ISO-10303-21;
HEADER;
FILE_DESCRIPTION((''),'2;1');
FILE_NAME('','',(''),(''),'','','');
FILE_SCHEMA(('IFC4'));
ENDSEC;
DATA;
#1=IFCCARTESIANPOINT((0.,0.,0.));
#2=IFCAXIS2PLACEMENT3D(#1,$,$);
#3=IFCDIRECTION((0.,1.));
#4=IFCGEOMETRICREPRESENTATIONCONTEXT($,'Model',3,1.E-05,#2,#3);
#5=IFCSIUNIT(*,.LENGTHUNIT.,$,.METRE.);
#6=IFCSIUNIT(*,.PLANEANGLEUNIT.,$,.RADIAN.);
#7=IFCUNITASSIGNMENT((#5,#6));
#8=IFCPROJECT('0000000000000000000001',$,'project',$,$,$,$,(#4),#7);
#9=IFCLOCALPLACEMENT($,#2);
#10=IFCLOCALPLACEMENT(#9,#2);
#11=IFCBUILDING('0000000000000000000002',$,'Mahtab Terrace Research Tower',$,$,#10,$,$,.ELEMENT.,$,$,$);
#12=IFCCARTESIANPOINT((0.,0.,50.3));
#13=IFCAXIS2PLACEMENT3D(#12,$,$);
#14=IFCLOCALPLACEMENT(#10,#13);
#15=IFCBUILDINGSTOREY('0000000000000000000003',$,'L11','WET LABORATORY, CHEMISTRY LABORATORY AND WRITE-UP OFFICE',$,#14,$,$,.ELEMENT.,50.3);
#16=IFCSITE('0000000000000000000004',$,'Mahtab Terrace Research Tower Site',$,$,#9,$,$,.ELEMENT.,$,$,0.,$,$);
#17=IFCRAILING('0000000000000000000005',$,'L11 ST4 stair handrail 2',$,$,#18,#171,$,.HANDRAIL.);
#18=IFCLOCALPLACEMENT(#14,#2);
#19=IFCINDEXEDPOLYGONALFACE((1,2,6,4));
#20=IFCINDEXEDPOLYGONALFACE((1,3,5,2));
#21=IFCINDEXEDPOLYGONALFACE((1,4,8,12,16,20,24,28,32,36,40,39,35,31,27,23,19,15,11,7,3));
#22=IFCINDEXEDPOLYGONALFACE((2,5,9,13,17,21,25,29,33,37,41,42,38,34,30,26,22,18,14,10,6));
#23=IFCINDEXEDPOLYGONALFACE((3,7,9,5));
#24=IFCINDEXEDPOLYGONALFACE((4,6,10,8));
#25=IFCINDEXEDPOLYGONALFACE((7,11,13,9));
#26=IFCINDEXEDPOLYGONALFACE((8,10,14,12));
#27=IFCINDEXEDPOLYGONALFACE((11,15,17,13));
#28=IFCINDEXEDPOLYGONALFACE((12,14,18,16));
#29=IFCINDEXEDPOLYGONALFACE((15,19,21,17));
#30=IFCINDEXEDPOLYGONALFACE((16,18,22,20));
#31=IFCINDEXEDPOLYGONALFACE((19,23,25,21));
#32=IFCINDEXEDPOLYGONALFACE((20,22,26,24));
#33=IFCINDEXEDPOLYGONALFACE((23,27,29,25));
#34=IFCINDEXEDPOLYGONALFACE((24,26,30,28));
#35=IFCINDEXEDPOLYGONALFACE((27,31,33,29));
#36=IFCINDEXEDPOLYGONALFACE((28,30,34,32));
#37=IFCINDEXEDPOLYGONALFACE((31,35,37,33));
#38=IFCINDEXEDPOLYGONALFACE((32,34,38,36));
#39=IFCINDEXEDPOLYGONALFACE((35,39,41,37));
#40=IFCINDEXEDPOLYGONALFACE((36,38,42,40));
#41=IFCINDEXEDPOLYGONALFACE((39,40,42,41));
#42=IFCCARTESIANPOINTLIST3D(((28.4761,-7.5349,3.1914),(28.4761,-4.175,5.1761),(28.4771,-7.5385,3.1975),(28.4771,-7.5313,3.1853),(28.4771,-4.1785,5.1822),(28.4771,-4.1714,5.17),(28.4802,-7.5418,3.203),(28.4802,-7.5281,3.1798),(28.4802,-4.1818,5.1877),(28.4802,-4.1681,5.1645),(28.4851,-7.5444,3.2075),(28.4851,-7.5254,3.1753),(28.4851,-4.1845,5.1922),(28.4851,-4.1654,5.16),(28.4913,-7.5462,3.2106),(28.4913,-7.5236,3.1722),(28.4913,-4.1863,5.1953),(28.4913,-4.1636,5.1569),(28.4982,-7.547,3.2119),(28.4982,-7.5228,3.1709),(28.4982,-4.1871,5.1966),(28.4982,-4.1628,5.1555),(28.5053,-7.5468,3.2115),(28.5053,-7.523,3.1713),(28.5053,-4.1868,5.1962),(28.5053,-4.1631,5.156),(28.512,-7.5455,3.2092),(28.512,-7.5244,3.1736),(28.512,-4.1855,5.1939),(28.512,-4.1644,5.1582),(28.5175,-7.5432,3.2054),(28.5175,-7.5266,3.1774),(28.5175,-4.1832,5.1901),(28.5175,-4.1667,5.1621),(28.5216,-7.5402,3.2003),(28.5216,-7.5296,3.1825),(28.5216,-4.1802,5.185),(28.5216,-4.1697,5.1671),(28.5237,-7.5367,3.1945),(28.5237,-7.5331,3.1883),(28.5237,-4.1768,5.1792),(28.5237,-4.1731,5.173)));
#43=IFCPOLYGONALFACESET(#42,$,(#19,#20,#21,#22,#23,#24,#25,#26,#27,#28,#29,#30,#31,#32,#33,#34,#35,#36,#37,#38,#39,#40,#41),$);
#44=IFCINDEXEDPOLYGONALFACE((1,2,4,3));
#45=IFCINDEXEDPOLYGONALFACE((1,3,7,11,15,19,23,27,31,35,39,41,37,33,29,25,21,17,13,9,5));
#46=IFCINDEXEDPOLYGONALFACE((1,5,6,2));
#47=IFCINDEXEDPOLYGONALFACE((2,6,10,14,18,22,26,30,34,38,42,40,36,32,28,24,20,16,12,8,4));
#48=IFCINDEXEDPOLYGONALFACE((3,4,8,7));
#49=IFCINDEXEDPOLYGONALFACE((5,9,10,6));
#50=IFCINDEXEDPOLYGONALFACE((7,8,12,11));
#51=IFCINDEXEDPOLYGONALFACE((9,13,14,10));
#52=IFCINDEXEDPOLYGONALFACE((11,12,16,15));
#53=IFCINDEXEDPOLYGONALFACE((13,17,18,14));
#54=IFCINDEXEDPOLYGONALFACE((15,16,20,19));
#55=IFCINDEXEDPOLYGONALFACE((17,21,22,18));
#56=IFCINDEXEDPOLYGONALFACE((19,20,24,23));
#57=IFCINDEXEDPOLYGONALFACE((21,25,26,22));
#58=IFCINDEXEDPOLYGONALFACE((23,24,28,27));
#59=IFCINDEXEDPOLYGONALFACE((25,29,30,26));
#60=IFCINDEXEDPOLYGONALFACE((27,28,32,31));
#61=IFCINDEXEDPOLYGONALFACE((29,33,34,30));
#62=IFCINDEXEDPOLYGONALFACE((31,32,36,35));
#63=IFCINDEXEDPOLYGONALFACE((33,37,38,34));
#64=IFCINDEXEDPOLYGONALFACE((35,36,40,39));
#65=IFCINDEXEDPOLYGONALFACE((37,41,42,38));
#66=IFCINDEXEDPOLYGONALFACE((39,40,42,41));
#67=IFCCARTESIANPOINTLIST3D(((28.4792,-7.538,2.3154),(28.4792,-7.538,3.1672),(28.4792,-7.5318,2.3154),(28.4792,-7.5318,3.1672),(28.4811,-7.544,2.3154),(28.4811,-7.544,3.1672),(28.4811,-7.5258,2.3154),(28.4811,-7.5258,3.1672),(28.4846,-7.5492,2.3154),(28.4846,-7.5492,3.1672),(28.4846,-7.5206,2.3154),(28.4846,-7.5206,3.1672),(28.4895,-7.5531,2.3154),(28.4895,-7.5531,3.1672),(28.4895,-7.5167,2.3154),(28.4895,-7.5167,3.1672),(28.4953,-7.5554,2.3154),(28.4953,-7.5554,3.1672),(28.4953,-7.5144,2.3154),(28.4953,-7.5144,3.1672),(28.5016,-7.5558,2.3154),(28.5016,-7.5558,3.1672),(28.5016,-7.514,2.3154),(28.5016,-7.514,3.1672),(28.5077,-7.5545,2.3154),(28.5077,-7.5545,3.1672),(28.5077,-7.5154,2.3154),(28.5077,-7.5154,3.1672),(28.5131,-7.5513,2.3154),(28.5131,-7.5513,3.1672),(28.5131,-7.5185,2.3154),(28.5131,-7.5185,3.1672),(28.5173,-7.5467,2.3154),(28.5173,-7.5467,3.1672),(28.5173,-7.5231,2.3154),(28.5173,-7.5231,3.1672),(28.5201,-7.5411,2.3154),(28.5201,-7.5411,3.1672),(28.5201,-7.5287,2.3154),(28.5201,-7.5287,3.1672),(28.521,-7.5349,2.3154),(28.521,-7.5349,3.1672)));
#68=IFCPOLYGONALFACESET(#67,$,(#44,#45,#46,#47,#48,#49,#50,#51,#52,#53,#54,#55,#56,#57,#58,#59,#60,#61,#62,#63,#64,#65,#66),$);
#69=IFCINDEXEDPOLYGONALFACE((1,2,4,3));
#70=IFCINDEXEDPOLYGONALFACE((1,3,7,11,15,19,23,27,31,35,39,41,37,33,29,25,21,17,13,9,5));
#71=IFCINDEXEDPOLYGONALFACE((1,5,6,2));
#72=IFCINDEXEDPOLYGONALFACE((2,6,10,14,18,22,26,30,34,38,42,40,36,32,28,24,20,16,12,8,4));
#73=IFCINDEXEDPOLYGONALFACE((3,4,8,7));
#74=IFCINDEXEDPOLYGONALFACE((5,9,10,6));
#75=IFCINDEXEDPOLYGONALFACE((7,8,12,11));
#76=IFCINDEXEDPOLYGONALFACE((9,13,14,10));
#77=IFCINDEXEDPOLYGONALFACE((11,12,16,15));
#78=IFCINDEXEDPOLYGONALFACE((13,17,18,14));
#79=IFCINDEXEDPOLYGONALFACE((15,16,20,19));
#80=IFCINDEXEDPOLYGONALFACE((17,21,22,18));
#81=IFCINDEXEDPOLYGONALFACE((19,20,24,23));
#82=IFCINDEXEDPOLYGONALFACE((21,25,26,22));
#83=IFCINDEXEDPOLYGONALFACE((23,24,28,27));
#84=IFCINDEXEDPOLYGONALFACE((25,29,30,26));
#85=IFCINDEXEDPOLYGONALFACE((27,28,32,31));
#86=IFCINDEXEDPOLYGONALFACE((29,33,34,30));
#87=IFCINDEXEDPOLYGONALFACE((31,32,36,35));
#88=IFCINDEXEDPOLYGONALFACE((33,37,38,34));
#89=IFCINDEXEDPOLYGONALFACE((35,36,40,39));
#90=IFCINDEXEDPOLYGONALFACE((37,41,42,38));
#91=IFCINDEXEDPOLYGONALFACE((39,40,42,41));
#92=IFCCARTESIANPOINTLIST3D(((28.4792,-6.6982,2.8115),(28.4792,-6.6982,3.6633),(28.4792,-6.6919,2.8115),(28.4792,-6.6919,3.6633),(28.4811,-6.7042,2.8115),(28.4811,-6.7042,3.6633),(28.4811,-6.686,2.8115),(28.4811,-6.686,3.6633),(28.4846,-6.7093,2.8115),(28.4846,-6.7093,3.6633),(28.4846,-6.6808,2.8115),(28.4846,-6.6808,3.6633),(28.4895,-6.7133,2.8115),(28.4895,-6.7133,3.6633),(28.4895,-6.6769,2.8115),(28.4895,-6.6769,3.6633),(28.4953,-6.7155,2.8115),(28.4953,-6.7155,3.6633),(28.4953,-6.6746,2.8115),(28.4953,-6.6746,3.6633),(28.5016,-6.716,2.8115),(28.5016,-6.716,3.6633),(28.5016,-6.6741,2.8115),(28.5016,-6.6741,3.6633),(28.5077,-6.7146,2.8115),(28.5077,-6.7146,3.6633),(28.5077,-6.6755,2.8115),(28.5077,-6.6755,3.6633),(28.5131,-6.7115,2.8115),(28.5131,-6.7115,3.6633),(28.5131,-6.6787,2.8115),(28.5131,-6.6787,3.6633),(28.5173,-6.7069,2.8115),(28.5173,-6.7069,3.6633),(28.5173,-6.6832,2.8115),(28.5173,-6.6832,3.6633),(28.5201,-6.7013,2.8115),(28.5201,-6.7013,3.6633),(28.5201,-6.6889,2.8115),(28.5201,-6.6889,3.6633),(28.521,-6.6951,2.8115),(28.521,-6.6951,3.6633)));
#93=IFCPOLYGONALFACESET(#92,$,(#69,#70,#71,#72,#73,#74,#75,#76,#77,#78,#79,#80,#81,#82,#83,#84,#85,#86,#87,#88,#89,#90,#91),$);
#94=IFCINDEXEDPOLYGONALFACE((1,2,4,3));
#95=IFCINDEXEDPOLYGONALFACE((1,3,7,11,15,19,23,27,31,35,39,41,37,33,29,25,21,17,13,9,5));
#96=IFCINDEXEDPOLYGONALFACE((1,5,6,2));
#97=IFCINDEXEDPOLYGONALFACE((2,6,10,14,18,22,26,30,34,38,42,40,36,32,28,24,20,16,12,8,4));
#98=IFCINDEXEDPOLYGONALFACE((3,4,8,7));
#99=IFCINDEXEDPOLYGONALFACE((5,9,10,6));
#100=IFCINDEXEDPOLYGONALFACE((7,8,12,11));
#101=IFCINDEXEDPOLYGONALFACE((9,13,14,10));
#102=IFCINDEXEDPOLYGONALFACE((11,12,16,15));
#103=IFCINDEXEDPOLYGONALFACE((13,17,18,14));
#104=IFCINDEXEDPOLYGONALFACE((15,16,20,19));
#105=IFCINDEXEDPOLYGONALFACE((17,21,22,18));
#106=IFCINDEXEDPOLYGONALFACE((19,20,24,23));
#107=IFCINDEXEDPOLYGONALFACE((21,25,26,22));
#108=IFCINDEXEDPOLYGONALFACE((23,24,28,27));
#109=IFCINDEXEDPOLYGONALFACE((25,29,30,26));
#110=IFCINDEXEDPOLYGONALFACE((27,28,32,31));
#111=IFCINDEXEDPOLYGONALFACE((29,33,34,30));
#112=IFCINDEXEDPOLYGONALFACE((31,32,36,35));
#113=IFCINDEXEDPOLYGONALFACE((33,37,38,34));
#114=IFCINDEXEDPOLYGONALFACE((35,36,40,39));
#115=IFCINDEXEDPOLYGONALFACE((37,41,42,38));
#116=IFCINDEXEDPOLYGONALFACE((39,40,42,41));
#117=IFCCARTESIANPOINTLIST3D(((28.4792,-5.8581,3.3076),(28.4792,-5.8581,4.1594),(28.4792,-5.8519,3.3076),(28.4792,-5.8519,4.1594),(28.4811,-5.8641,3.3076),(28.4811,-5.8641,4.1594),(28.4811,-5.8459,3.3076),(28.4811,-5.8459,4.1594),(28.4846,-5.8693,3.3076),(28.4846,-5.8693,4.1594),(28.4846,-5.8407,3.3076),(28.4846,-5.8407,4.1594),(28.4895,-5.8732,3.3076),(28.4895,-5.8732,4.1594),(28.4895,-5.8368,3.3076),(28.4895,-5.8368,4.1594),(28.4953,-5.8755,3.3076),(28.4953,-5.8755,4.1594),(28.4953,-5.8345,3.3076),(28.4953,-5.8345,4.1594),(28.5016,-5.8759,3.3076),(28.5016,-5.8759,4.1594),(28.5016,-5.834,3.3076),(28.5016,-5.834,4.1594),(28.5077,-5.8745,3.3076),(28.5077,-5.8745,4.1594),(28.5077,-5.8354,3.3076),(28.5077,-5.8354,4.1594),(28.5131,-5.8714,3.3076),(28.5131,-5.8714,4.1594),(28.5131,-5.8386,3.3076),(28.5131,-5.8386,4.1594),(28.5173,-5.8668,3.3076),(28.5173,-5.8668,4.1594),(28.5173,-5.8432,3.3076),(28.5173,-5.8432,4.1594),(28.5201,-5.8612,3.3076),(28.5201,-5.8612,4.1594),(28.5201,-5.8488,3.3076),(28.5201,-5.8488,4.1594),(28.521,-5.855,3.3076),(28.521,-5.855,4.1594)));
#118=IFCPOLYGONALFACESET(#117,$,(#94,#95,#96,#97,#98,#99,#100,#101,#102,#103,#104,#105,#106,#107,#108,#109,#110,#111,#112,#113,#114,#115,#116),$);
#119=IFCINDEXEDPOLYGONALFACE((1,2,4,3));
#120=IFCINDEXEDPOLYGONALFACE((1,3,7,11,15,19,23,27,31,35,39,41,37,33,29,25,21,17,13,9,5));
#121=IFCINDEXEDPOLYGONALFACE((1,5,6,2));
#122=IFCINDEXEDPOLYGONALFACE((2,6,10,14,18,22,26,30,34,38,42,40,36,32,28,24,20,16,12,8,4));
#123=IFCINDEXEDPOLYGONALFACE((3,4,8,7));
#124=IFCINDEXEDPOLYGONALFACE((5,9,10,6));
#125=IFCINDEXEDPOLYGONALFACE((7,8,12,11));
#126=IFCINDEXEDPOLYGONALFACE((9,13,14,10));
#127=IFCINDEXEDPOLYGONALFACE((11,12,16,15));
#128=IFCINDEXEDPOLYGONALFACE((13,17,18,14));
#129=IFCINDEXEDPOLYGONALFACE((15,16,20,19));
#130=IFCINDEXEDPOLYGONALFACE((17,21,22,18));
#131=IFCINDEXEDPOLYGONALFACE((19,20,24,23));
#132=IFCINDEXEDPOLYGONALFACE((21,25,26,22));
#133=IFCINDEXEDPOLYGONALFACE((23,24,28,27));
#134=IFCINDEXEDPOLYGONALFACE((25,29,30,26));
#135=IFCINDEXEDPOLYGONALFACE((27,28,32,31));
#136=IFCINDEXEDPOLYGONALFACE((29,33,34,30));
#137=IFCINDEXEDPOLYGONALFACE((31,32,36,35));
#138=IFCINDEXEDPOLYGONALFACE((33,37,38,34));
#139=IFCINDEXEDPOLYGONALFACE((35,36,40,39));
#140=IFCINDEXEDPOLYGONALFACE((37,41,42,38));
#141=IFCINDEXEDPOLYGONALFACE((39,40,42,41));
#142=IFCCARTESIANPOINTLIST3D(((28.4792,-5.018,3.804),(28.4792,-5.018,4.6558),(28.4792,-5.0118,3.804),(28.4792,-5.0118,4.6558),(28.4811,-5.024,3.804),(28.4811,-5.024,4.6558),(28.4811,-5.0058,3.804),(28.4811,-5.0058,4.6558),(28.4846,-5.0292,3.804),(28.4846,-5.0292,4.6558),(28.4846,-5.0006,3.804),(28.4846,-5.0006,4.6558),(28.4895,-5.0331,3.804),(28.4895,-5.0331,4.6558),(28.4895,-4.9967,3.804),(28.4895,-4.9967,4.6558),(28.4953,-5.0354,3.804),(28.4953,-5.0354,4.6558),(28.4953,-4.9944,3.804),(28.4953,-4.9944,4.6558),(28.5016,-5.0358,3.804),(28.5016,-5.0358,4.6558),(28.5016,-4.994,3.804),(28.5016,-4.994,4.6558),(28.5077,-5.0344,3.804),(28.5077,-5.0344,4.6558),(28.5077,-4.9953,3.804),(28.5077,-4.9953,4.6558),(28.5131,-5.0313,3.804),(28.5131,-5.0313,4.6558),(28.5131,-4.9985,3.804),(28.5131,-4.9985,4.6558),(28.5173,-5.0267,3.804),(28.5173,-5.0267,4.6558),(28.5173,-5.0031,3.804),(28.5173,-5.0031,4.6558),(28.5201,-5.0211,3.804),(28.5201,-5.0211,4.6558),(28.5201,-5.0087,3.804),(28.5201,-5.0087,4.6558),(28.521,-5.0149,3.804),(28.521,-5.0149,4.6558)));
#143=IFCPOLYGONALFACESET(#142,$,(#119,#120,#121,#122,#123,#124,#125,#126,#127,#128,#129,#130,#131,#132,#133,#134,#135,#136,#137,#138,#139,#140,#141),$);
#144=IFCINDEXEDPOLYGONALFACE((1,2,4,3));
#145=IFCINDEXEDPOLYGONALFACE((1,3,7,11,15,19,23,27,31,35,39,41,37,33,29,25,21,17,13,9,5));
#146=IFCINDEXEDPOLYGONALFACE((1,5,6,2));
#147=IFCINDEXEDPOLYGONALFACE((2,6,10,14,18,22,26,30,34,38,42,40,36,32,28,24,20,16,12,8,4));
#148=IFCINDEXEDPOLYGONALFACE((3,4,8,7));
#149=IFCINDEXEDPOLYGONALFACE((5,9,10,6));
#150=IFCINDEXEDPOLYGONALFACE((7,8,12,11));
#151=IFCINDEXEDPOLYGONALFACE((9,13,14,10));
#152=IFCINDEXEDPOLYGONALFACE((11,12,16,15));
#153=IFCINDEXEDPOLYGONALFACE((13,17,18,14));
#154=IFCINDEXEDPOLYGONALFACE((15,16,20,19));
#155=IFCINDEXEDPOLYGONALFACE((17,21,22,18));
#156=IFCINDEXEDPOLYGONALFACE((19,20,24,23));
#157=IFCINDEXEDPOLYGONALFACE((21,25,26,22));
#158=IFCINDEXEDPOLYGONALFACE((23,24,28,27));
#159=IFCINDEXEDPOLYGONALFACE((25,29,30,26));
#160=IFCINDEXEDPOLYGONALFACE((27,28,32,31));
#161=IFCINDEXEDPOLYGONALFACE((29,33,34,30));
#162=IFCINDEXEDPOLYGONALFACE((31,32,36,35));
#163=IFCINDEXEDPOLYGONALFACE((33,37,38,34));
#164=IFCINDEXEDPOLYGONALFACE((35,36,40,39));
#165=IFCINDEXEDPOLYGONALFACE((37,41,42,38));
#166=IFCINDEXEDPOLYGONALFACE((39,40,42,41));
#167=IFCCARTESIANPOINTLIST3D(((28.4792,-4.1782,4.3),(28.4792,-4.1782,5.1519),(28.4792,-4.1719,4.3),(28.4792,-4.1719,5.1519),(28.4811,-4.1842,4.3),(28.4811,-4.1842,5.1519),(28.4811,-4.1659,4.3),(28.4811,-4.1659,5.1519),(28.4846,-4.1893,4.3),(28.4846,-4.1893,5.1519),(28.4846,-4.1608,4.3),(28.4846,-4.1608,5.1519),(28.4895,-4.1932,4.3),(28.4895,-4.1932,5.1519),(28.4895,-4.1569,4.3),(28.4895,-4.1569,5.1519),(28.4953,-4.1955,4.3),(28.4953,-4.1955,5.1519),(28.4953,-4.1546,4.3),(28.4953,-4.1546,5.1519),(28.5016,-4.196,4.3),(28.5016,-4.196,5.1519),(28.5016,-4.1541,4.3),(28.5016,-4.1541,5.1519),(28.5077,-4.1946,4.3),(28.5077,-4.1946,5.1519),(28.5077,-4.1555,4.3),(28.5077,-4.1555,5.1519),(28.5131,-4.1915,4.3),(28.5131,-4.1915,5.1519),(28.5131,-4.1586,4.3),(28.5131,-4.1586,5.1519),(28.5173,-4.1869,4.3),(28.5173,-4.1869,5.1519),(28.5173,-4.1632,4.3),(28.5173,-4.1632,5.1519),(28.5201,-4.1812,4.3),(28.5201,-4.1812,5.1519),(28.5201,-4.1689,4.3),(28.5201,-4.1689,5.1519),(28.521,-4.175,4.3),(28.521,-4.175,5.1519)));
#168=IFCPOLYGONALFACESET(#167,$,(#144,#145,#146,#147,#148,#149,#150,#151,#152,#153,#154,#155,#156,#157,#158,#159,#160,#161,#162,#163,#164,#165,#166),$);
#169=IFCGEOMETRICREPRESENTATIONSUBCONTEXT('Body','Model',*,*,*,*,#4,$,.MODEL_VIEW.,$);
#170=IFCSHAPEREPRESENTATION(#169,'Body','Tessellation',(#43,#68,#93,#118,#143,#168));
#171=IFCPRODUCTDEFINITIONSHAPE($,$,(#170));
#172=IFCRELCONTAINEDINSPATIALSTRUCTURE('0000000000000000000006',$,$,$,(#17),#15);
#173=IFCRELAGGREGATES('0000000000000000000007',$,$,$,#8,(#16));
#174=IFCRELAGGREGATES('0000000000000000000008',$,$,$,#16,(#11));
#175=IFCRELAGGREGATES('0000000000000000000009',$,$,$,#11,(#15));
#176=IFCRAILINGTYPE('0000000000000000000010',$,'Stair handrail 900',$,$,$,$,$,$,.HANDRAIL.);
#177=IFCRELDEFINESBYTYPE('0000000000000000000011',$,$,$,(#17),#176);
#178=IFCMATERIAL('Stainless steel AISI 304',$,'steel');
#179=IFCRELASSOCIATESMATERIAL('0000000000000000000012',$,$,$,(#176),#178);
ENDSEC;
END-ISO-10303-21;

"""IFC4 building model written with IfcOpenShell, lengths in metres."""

from ifc_helpers import new_model, si_unit, direction, frame, origin, origin_2d, place, context, subcontext, project, spatial, circle, extrude, material, type_object, element, save


model = new_model("IFC4")

# Units and contexts
model_context = context("Model", 3, precision=1e-05, world=origin(), true_north=direction((0.0, 1.0)))
body_context = subcontext(model_context, "Body", "Model", "MODEL_VIEW")
ifc_project = project(units=[si_unit("LENGTHUNIT", "METRE"), si_unit("PLANEANGLEUNIT", "RADIAN")], contexts=[model_context])

# Site, building, storey
site_placement = place(None, origin())
site = spatial("IfcSite", under=ifc_project, at=site_placement, Name="Mahtab Terrace Research Tower Site", CompositionType="ELEMENT", RefElevation=0.0)
building_placement = place(site_placement, origin())
building = spatial("IfcBuilding", under=site, at=building_placement, Name="Mahtab Terrace Research Tower", CompositionType="ELEMENT")
storey_placement = place(building_placement, frame((0.0, 0.0, 50.3)))
storey = spatial("IfcBuildingStorey", under=building, at=storey_placement, Name="L11", Description="WET LABORATORY, CHEMISTRY LABORATORY AND WRITE-UP OFFICE", CompositionType="ELEMENT", Elevation=50.3)

# Railing
ifc_material_1 = material(Name="Stainless steel AISI 304", Category="steel")
railing_type_1 = type_object("IfcRailingType", Name="Stair handrail 900", PredefinedType="HANDRAIL", material=ifc_material_1)
railing_1_placement = place(storey_placement, frame((28.5, -7.5349, 2.3154)))
element("IfcRailing", 1, at=railing_1_placement, inside=storey, type_object=railing_type_1, Name="L11 ST4 stair handrail 2", PredefinedType="HANDRAIL", context=body_context, shape_type="SweptSolid", body=[
    extrude(circle(Radius=0.0239, at=origin_2d()), frame((0.0, 0.0, 0.876), z_axis=(0.0, 0.861011, 0.508586), x_axis=(-1.0, 0.0, 0.0)), (0.0, 0.0, 1.0), 3.9023),
    extrude(circle(Radius=0.021, at=origin_2d()), origin(), (0.0, 0.0, 1.0), 0.8518),
    extrude(circle(Radius=0.021, at=origin_2d()), frame((0.0, 0.8398, 0.4961)), (0.0, 0.0, 1.0), 0.8518),
    extrude(circle(Radius=0.021, at=origin_2d()), frame((0.0, 1.6799, 0.9922)), (0.0, 0.0, 1.0), 0.8518),
    extrude(circle(Radius=0.021, at=origin_2d()), frame((0.0, 2.52, 1.4885)), (0.0, 0.0, 1.0), 0.8518),
    extrude(circle(Radius=0.021, at=origin_2d()), frame((0.0, 3.3599, 1.9846)), (0.0, 0.0, 1.0), 0.8518),
])

save(model, "model.ifc")
